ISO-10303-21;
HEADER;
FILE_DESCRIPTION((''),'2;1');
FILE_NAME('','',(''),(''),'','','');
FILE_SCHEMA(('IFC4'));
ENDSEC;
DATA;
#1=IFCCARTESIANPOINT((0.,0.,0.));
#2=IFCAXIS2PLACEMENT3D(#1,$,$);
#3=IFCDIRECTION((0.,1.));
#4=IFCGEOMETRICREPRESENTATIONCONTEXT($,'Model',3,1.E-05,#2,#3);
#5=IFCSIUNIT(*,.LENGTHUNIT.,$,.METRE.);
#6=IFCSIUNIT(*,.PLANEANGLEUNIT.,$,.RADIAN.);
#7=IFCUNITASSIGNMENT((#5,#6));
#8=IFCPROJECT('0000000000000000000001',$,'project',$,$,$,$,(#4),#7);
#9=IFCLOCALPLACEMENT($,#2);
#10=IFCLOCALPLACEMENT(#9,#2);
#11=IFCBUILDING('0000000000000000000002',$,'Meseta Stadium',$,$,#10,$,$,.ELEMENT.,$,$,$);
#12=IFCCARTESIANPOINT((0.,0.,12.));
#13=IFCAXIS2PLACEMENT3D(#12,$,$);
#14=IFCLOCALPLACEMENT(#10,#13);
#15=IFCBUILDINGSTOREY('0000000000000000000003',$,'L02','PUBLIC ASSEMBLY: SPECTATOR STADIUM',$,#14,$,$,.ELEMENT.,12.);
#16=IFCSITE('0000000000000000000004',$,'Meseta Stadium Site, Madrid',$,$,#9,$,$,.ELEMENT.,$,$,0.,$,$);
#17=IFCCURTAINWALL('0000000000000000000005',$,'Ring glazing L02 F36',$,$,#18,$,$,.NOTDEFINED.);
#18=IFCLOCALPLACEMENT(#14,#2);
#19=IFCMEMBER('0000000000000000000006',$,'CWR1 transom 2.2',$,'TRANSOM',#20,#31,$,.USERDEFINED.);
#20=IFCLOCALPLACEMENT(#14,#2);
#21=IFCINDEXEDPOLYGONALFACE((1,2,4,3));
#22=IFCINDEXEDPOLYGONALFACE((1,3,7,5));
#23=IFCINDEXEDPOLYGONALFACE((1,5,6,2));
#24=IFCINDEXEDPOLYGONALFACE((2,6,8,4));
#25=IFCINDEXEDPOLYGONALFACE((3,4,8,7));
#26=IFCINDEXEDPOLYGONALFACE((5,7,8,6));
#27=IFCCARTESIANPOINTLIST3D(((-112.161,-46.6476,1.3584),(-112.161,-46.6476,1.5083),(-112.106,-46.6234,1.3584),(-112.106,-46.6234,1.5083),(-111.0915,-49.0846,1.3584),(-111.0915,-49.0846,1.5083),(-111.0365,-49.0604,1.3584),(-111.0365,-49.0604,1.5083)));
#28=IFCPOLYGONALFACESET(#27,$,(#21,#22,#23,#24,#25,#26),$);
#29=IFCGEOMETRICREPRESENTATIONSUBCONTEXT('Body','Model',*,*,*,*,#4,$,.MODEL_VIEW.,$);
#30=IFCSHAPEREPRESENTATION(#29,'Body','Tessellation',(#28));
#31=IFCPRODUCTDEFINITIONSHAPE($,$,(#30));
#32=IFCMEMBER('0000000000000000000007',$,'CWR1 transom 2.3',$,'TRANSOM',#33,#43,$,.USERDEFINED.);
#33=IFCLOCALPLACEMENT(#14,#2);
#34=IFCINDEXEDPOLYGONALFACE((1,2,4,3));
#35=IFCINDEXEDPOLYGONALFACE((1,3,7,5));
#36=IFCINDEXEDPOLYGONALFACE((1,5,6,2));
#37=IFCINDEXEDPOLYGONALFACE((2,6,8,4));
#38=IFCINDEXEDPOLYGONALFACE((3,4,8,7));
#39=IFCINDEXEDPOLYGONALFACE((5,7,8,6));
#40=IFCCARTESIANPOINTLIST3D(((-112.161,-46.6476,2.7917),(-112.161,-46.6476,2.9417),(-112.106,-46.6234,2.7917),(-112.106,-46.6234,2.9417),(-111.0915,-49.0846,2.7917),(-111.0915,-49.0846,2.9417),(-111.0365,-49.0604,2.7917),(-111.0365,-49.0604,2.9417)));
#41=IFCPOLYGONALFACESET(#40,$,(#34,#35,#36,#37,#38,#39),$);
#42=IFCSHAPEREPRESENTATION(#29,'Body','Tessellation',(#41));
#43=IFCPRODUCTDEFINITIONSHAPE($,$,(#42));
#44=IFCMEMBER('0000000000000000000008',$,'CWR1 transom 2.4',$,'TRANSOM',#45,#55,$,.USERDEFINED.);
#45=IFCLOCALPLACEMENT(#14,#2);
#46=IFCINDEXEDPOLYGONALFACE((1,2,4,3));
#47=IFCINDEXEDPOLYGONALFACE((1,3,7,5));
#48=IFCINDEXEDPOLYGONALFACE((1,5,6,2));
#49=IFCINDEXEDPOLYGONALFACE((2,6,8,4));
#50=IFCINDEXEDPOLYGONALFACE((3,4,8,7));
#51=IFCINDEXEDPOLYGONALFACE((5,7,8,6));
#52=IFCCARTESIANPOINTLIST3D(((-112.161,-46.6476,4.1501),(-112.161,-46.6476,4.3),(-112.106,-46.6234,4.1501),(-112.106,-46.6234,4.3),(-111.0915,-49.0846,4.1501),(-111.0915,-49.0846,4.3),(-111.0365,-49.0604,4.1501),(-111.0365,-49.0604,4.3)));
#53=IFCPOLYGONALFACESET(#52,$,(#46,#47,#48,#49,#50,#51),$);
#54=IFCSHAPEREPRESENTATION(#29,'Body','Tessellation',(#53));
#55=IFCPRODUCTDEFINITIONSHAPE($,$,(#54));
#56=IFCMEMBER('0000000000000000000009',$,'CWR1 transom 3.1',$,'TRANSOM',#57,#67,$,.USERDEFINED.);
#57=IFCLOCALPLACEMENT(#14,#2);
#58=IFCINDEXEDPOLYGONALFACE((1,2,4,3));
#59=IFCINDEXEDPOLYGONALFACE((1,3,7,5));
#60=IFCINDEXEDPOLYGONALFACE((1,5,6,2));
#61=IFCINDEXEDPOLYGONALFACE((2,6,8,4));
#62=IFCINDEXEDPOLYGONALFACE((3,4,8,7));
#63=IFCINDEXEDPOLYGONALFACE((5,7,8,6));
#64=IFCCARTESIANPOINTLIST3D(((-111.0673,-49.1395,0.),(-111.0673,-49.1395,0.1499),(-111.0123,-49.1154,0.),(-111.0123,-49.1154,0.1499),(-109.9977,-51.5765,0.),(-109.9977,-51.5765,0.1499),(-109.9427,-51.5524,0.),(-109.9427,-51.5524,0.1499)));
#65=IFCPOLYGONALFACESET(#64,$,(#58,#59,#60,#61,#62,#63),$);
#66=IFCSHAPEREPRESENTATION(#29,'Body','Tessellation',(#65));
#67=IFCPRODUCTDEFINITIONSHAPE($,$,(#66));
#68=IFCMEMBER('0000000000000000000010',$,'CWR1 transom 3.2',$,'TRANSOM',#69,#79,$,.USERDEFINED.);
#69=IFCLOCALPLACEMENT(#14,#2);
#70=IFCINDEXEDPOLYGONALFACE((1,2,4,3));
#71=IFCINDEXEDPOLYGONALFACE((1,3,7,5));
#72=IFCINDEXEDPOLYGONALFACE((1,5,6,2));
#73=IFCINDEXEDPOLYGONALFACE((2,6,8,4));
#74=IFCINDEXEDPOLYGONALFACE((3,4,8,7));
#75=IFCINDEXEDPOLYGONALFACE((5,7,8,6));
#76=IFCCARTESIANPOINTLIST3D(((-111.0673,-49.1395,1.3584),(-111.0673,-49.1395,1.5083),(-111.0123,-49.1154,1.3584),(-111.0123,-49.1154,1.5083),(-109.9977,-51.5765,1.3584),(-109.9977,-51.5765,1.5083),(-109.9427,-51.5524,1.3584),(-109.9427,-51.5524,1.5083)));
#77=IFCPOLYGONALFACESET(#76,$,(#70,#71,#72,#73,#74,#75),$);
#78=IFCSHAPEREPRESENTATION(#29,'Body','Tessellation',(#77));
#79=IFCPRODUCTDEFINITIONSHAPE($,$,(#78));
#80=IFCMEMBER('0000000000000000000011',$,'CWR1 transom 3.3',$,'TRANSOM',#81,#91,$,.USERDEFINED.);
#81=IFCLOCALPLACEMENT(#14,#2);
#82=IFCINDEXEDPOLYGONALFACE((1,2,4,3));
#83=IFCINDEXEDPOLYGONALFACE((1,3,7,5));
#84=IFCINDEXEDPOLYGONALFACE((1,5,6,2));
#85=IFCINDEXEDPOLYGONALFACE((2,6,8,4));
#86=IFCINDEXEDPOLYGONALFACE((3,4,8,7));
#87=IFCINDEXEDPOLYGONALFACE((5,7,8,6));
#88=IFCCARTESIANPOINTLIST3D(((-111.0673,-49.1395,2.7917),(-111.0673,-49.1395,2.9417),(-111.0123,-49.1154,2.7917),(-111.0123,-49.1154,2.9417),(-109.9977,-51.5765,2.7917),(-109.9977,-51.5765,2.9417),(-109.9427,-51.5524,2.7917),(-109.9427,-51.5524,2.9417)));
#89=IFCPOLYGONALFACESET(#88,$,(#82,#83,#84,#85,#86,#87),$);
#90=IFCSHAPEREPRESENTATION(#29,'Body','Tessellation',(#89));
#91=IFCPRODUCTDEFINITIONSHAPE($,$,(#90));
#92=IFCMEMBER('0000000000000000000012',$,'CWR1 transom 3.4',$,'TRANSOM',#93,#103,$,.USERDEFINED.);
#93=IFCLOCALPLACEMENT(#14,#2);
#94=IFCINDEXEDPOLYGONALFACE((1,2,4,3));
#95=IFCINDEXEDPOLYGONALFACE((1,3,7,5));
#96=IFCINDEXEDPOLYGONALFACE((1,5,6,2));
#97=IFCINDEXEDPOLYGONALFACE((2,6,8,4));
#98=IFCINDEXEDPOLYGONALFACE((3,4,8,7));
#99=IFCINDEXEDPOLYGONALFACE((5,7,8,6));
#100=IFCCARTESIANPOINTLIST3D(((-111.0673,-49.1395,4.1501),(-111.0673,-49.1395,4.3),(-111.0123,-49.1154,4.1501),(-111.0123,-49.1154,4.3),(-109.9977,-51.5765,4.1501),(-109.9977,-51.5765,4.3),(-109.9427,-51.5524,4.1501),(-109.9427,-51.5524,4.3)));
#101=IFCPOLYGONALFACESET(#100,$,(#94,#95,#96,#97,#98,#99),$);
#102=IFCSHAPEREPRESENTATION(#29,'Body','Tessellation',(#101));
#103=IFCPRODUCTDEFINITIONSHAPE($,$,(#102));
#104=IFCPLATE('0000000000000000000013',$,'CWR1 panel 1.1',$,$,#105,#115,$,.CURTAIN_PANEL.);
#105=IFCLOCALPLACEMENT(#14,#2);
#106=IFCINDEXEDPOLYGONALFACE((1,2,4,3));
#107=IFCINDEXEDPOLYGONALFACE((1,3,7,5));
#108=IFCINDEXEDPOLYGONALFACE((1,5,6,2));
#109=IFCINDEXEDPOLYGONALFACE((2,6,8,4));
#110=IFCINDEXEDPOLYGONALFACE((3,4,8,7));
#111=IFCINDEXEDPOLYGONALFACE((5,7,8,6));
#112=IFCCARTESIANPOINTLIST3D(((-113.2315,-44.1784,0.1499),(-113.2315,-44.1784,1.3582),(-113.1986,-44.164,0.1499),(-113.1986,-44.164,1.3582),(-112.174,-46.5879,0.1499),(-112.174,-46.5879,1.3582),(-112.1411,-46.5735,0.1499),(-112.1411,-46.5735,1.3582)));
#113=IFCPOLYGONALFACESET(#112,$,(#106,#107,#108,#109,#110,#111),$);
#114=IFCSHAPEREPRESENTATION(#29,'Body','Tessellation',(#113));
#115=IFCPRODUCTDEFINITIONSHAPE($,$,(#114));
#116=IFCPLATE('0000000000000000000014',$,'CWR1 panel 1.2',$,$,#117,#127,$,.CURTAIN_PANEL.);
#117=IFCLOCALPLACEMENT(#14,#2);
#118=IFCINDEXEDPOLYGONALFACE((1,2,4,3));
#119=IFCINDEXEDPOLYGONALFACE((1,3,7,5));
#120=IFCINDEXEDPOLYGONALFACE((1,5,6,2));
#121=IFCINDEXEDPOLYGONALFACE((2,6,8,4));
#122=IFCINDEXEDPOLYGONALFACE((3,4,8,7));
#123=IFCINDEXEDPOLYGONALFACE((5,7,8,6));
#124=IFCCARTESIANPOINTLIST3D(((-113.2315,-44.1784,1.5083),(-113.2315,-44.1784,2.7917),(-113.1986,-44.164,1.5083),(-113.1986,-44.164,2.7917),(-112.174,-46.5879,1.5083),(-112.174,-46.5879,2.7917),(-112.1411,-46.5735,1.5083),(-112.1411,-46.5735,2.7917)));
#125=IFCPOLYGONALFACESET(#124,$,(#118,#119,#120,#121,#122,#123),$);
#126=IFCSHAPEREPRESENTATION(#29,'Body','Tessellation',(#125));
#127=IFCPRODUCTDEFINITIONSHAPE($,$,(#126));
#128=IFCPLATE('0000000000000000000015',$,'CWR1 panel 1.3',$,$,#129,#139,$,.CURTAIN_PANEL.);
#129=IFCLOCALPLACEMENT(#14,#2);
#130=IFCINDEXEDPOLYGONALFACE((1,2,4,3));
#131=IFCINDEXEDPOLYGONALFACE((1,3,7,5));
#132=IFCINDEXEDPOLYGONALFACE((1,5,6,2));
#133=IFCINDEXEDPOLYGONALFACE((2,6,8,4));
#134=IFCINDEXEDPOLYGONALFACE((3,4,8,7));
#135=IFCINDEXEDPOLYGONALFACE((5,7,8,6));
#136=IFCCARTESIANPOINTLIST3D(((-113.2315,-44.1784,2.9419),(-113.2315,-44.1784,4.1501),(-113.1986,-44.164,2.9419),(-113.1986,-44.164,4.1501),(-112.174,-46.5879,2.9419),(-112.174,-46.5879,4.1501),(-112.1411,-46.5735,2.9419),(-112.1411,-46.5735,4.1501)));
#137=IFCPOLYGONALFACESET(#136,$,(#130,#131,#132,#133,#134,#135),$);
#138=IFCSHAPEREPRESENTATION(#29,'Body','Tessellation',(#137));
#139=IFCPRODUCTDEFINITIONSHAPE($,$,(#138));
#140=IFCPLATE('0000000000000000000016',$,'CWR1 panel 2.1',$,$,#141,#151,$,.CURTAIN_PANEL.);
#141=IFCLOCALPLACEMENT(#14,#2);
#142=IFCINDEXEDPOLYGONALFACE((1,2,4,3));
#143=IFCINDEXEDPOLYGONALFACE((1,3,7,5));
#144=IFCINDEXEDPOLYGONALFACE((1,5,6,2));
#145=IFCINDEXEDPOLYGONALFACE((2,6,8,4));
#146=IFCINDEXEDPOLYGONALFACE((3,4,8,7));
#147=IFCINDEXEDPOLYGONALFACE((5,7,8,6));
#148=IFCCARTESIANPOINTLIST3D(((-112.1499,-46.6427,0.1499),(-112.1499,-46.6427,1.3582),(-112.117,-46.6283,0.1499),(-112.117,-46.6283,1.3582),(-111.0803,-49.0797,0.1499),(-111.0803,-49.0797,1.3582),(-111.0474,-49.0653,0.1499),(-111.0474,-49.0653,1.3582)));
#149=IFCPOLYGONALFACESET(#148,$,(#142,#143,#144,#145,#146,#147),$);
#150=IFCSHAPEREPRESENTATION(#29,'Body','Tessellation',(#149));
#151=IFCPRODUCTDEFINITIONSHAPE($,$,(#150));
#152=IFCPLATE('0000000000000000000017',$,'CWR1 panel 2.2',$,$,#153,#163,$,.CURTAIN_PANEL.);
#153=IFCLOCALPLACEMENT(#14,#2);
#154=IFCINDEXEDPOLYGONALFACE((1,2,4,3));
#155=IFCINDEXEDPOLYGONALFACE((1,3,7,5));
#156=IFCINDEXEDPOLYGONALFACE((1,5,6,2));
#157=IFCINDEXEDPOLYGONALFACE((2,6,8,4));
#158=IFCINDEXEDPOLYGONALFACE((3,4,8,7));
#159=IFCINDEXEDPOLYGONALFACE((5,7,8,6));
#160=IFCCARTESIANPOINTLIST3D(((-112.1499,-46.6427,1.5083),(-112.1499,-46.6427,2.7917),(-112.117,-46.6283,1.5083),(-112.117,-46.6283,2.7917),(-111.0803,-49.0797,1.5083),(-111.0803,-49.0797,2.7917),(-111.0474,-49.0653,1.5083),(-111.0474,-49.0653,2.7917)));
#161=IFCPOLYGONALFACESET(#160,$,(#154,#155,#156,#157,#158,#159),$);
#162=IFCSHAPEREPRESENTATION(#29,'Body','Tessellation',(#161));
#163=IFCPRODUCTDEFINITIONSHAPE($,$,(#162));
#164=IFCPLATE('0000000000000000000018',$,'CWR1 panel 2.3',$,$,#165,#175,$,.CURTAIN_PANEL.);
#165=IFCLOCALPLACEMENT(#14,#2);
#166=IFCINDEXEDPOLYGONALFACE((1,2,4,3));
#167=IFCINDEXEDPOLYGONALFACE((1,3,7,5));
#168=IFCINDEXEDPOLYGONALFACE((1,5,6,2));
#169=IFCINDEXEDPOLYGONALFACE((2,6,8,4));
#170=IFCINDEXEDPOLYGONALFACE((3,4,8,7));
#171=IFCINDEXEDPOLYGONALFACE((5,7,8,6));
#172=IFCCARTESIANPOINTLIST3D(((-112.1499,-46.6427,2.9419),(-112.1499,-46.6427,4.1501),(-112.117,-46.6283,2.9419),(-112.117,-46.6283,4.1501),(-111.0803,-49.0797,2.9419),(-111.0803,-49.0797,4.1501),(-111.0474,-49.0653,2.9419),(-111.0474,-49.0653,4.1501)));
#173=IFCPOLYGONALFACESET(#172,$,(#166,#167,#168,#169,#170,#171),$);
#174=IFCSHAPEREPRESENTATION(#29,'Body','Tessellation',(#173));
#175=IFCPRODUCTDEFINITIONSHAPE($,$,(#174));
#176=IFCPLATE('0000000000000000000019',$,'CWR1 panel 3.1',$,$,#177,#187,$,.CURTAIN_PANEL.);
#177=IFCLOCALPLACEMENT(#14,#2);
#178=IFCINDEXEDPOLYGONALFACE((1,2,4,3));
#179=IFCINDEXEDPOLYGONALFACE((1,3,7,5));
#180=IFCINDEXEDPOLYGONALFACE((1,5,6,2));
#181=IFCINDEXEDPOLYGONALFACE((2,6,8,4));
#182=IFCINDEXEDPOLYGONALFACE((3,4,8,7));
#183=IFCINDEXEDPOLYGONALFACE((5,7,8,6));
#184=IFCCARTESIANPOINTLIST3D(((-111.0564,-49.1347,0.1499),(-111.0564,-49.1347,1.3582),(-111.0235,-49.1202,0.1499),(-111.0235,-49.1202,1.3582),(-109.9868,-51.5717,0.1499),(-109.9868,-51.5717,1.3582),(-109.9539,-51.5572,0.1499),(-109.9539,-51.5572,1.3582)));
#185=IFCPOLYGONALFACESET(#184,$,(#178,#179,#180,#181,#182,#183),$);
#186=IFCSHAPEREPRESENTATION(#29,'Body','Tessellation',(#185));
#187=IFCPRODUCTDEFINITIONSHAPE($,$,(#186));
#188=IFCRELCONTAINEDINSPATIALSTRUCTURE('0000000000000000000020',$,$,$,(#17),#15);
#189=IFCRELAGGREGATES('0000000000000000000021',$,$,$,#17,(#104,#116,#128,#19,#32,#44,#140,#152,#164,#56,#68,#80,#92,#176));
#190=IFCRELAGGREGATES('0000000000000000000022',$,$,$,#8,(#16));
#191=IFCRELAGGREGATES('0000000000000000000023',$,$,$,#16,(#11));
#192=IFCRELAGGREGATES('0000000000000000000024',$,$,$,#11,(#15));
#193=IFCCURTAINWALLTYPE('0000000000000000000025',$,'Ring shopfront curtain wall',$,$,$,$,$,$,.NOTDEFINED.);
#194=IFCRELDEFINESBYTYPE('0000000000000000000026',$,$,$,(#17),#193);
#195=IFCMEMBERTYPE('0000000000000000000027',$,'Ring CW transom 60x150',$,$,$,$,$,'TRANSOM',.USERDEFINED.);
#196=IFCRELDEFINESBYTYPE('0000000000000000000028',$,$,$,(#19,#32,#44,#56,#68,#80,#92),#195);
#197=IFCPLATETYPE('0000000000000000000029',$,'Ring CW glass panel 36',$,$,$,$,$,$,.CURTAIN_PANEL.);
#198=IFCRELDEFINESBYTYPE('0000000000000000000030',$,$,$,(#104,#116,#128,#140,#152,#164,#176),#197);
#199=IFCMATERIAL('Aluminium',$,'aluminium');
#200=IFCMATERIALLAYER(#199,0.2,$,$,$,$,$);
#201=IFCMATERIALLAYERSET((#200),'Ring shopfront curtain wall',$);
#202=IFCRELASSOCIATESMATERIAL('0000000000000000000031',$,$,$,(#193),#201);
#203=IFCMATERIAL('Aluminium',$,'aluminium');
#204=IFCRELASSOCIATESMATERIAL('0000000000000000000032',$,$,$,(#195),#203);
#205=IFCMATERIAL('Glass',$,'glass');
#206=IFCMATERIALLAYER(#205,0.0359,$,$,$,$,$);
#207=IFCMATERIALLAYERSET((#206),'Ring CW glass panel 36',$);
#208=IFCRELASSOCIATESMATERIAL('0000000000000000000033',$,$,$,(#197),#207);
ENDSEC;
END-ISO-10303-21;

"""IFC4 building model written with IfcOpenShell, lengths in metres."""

from ifc_helpers import new_model, si_unit, direction, frame, origin, origin_2d, place, context, subcontext, project, spatial, rectangle, extrude, material, layer, layer_set, material_profile, profile_set, type_object, element, aggregate, save


model = new_model("IFC4")

# Units and contexts
model_context = context("Model", 3, precision=1e-05, world=origin(), true_north=direction((0.0, 1.0)))
body_context = subcontext(model_context, "Body", "Model", "MODEL_VIEW")
ifc_project = project(units=[si_unit("LENGTHUNIT", "METRE"), si_unit("PLANEANGLEUNIT", "RADIAN")], contexts=[model_context])

# Site, building, storey
site_placement = place(None, origin())
site = spatial("IfcSite", under=ifc_project, at=site_placement, Name="Meseta Stadium Site, Madrid", CompositionType="ELEMENT", RefElevation=0.0)
building_placement = place(site_placement, origin())
building = spatial("IfcBuilding", under=site, at=building_placement, Name="Meseta Stadium", CompositionType="ELEMENT")
storey_placement = place(building_placement, frame((0.0, 0.0, 12.0)))
storey = spatial("IfcBuildingStorey", under=building, at=storey_placement, Name="L02", Description="PUBLIC ASSEMBLY: SPECTATOR STADIUM", CompositionType="ELEMENT", Elevation=12.0)

# Shared definitions
ifc_material_1 = material(Name="Aluminium", Category="aluminium")
ifc_layer_1 = layer(ifc_material_1, 0.2)
ifc_layer_set_1 = layer_set([ifc_layer_1], Name="Ring shopfront curtain wall")
curtain_wall_type = type_object("IfcCurtainWallType", Name="Ring shopfront curtain wall", PredefinedType="NOTDEFINED", material=ifc_layer_set_1)

# Curtain wall, members, plates
curtain_wall_1_placement = place(storey_placement, origin())
curtain_wall_1 = element("IfcCurtainWall", 1, at=curtain_wall_1_placement, inside=storey, type_object=curtain_wall_type, Name="Ring glazing L02 F36", PredefinedType="NOTDEFINED")
ifc_material_2 = material(Name="Aluminium", Category="aluminium")
ifc_material_profile_1 = material_profile(ifc_material_2, rectangle(XDim=0.0601, YDim=0.1499, at=origin_2d()), Name="CW 60x150")
ifc_profile_set_1 = profile_set([ifc_material_profile_1], Name="Aluminium")
member_type_1 = type_object("IfcMemberType", Name="Ring CW transom 60x150", ElementType="TRANSOM", PredefinedType="USERDEFINED", material=ifc_profile_set_1)
member_1_placement = place(storey_placement, frame((-112.1335, -46.6355, 1.4333), z_axis=(0.401887, -0.915689, 0.0), x_axis=(0.915689, 0.401887, 0.0)))
member_1 = element("IfcMember", 2, at=member_1_placement, type_object=member_type_1, Name="CWR1 transom 2.2", ObjectType="TRANSOM", PredefinedType="USERDEFINED", context=body_context, shape_type="SweptSolid", body=[
    extrude(rectangle(XDim=0.0601, YDim=0.1499, at=origin_2d()), origin(), (0.0, 0.0, 1.0), 2.6614),
])
member_2_placement = place(storey_placement, frame((-112.1335, -46.6355, 2.8667), z_axis=(0.401887, -0.915689, 0.0), x_axis=(0.915689, 0.401887, 0.0)))
member_2 = element("IfcMember", 3, at=member_2_placement, type_object=member_type_1, Name="CWR1 transom 2.3", ObjectType="TRANSOM", PredefinedType="USERDEFINED", context=body_context, shape_type="SweptSolid", body=[
    extrude(rectangle(XDim=0.0601, YDim=0.1499, at=origin_2d()), origin(), (0.0, 0.0, 1.0), 2.6614),
])
member_3_placement = place(storey_placement, frame((-112.1335, -46.6355, 4.2251), z_axis=(0.401887, -0.915689, 0.0), x_axis=(0.915689, 0.401887, 0.0)))
member_3 = element("IfcMember", 4, at=member_3_placement, type_object=member_type_1, Name="CWR1 transom 2.4", ObjectType="TRANSOM", PredefinedType="USERDEFINED", context=body_context, shape_type="SweptSolid", body=[
    extrude(rectangle(XDim=0.0601, YDim=0.1499, at=origin_2d()), origin(), (0.0, 0.0, 1.0), 2.6614),
])
member_4_placement = place(storey_placement, frame((-111.0398, -49.1274, 0.075), z_axis=(0.401887, -0.915689, 0.0), x_axis=(0.915689, 0.401887, 0.0)))
member_4 = element("IfcMember", 5, at=member_4_placement, type_object=member_type_1, Name="CWR1 transom 3.1", ObjectType="TRANSOM", PredefinedType="USERDEFINED", context=body_context, shape_type="SweptSolid", body=[
    extrude(rectangle(XDim=0.0601, YDim=0.1499, at=origin_2d()), origin(), (0.0, 0.0, 1.0), 2.6614),
])
member_5_placement = place(storey_placement, frame((-111.0398, -49.1274, 1.4333), z_axis=(0.401887, -0.915689, 0.0), x_axis=(0.915689, 0.401887, 0.0)))
member_5 = element("IfcMember", 6, at=member_5_placement, type_object=member_type_1, Name="CWR1 transom 3.2", ObjectType="TRANSOM", PredefinedType="USERDEFINED", context=body_context, shape_type="SweptSolid", body=[
    extrude(rectangle(XDim=0.0601, YDim=0.1499, at=origin_2d()), origin(), (0.0, 0.0, 1.0), 2.6614),
])
member_6_placement = place(storey_placement, frame((-111.0398, -49.1274, 2.8667), z_axis=(0.401887, -0.915689, 0.0), x_axis=(0.915689, 0.401887, 0.0)))
member_6 = element("IfcMember", 7, at=member_6_placement, type_object=member_type_1, Name="CWR1 transom 3.3", ObjectType="TRANSOM", PredefinedType="USERDEFINED", context=body_context, shape_type="SweptSolid", body=[
    extrude(rectangle(XDim=0.0601, YDim=0.1499, at=origin_2d()), origin(), (0.0, 0.0, 1.0), 2.6614),
])
member_7_placement = place(storey_placement, frame((-111.0398, -49.1274, 4.2251), z_axis=(0.401887, -0.915689, 0.0), x_axis=(0.915689, 0.401887, 0.0)))
member_7 = element("IfcMember", 8, at=member_7_placement, type_object=member_type_1, Name="CWR1 transom 3.4", ObjectType="TRANSOM", PredefinedType="USERDEFINED", context=body_context, shape_type="SweptSolid", body=[
    extrude(rectangle(XDim=0.0601, YDim=0.1499, at=origin_2d()), origin(), (0.0, 0.0, 1.0), 2.6614),
])
ifc_material_3 = material(Name="Glass", Category="glass")
ifc_layer_2 = layer(ifc_material_3, 0.0359)
ifc_layer_set_2 = layer_set([ifc_layer_2], Name="Ring CW glass panel 36")
plate_type_1 = type_object("IfcPlateType", Name="Ring CW glass panel 36", PredefinedType="CURTAIN_PANEL", material=ifc_layer_set_2)
plate_1_placement = place(storey_placement, frame((-112.6863, -45.376, 0.1499), z_axis=(0.0, 0.0, 1.0), x_axis=(0.401892, -0.915687, 0.0)))
plate_1 = element("IfcPlate", 9, at=plate_1_placement, type_object=plate_type_1, Name="CWR1 panel 1.1", PredefinedType="CURTAIN_PANEL", context=body_context, shape_type="SweptSolid", body=[
    extrude(rectangle(XDim=2.6313, YDim=0.0359, at=origin_2d()), origin(), (0.0, 0.0, 1.0), 1.2083),
])
plate_2_placement = place(storey_placement, frame((-112.6863, -45.376, 1.5083), z_axis=(0.0, 0.0, 1.0), x_axis=(0.401892, -0.915687, 0.0)))
plate_2 = element("IfcPlate", 10, at=plate_2_placement, type_object=plate_type_1, Name="CWR1 panel 1.2", PredefinedType="CURTAIN_PANEL", context=body_context, shape_type="SweptSolid", body=[
    extrude(rectangle(XDim=2.6313, YDim=0.0359, at=origin_2d()), origin(), (0.0, 0.0, 1.0), 1.2834),
])
plate_3_placement = place(storey_placement, frame((-112.6863, -45.376, 2.9419), z_axis=(0.0, 0.0, 1.0), x_axis=(0.401892, -0.915687, 0.0)))
plate_3 = element("IfcPlate", 11, at=plate_3_placement, type_object=plate_type_1, Name="CWR1 panel 1.3", PredefinedType="CURTAIN_PANEL", context=body_context, shape_type="SweptSolid", body=[
    extrude(rectangle(XDim=2.6313, YDim=0.0359, at=origin_2d()), origin(), (0.0, 0.0, 1.0), 1.2083),
])
plate_4_placement = place(storey_placement, frame((-111.5986, -47.854, 0.1499), z_axis=(0.0, 0.0, 1.0), x_axis=(0.401892, -0.915687, 0.0)))
plate_4 = element("IfcPlate", 12, at=plate_4_placement, type_object=plate_type_1, Name="CWR1 panel 2.1", PredefinedType="CURTAIN_PANEL", context=body_context, shape_type="SweptSolid", body=[
    extrude(rectangle(XDim=2.6614, YDim=0.0359, at=origin_2d()), origin(), (0.0, 0.0, 1.0), 1.2083),
])
plate_5_placement = place(storey_placement, frame((-111.5986, -47.854, 1.5083), z_axis=(0.0, 0.0, 1.0), x_axis=(0.401892, -0.915687, 0.0)))
plate_5 = element("IfcPlate", 13, at=plate_5_placement, type_object=plate_type_1, Name="CWR1 panel 2.2", PredefinedType="CURTAIN_PANEL", context=body_context, shape_type="SweptSolid", body=[
    extrude(rectangle(XDim=2.6614, YDim=0.0359, at=origin_2d()), origin(), (0.0, 0.0, 1.0), 1.2834),
])
plate_6_placement = place(storey_placement, frame((-111.5986, -47.854, 2.9419), z_axis=(0.0, 0.0, 1.0), x_axis=(0.401892, -0.915687, 0.0)))
plate_6 = element("IfcPlate", 14, at=plate_6_placement, type_object=plate_type_1, Name="CWR1 panel 2.3", PredefinedType="CURTAIN_PANEL", context=body_context, shape_type="SweptSolid", body=[
    extrude(rectangle(XDim=2.6614, YDim=0.0359, at=origin_2d()), origin(), (0.0, 0.0, 1.0), 1.2083),
])
plate_7_placement = place(storey_placement, frame((-110.5051, -50.3459, 0.1499), z_axis=(0.0, 0.0, 1.0), x_axis=(0.401892, -0.915687, 0.0)))
plate_7 = element("IfcPlate", 15, at=plate_7_placement, type_object=plate_type_1, Name="CWR1 panel 3.1", PredefinedType="CURTAIN_PANEL", context=body_context, shape_type="SweptSolid", body=[
    extrude(rectangle(XDim=2.6614, YDim=0.0359, at=origin_2d()), origin(), (0.0, 0.0, 1.0), 1.2083),
])
aggregate(curtain_wall_1, [plate_1, plate_2, plate_3, member_1, member_2, member_3, plate_4, plate_5, plate_6, member_4, member_5, member_6, member_7, plate_7])

save(model, "model.ifc")
